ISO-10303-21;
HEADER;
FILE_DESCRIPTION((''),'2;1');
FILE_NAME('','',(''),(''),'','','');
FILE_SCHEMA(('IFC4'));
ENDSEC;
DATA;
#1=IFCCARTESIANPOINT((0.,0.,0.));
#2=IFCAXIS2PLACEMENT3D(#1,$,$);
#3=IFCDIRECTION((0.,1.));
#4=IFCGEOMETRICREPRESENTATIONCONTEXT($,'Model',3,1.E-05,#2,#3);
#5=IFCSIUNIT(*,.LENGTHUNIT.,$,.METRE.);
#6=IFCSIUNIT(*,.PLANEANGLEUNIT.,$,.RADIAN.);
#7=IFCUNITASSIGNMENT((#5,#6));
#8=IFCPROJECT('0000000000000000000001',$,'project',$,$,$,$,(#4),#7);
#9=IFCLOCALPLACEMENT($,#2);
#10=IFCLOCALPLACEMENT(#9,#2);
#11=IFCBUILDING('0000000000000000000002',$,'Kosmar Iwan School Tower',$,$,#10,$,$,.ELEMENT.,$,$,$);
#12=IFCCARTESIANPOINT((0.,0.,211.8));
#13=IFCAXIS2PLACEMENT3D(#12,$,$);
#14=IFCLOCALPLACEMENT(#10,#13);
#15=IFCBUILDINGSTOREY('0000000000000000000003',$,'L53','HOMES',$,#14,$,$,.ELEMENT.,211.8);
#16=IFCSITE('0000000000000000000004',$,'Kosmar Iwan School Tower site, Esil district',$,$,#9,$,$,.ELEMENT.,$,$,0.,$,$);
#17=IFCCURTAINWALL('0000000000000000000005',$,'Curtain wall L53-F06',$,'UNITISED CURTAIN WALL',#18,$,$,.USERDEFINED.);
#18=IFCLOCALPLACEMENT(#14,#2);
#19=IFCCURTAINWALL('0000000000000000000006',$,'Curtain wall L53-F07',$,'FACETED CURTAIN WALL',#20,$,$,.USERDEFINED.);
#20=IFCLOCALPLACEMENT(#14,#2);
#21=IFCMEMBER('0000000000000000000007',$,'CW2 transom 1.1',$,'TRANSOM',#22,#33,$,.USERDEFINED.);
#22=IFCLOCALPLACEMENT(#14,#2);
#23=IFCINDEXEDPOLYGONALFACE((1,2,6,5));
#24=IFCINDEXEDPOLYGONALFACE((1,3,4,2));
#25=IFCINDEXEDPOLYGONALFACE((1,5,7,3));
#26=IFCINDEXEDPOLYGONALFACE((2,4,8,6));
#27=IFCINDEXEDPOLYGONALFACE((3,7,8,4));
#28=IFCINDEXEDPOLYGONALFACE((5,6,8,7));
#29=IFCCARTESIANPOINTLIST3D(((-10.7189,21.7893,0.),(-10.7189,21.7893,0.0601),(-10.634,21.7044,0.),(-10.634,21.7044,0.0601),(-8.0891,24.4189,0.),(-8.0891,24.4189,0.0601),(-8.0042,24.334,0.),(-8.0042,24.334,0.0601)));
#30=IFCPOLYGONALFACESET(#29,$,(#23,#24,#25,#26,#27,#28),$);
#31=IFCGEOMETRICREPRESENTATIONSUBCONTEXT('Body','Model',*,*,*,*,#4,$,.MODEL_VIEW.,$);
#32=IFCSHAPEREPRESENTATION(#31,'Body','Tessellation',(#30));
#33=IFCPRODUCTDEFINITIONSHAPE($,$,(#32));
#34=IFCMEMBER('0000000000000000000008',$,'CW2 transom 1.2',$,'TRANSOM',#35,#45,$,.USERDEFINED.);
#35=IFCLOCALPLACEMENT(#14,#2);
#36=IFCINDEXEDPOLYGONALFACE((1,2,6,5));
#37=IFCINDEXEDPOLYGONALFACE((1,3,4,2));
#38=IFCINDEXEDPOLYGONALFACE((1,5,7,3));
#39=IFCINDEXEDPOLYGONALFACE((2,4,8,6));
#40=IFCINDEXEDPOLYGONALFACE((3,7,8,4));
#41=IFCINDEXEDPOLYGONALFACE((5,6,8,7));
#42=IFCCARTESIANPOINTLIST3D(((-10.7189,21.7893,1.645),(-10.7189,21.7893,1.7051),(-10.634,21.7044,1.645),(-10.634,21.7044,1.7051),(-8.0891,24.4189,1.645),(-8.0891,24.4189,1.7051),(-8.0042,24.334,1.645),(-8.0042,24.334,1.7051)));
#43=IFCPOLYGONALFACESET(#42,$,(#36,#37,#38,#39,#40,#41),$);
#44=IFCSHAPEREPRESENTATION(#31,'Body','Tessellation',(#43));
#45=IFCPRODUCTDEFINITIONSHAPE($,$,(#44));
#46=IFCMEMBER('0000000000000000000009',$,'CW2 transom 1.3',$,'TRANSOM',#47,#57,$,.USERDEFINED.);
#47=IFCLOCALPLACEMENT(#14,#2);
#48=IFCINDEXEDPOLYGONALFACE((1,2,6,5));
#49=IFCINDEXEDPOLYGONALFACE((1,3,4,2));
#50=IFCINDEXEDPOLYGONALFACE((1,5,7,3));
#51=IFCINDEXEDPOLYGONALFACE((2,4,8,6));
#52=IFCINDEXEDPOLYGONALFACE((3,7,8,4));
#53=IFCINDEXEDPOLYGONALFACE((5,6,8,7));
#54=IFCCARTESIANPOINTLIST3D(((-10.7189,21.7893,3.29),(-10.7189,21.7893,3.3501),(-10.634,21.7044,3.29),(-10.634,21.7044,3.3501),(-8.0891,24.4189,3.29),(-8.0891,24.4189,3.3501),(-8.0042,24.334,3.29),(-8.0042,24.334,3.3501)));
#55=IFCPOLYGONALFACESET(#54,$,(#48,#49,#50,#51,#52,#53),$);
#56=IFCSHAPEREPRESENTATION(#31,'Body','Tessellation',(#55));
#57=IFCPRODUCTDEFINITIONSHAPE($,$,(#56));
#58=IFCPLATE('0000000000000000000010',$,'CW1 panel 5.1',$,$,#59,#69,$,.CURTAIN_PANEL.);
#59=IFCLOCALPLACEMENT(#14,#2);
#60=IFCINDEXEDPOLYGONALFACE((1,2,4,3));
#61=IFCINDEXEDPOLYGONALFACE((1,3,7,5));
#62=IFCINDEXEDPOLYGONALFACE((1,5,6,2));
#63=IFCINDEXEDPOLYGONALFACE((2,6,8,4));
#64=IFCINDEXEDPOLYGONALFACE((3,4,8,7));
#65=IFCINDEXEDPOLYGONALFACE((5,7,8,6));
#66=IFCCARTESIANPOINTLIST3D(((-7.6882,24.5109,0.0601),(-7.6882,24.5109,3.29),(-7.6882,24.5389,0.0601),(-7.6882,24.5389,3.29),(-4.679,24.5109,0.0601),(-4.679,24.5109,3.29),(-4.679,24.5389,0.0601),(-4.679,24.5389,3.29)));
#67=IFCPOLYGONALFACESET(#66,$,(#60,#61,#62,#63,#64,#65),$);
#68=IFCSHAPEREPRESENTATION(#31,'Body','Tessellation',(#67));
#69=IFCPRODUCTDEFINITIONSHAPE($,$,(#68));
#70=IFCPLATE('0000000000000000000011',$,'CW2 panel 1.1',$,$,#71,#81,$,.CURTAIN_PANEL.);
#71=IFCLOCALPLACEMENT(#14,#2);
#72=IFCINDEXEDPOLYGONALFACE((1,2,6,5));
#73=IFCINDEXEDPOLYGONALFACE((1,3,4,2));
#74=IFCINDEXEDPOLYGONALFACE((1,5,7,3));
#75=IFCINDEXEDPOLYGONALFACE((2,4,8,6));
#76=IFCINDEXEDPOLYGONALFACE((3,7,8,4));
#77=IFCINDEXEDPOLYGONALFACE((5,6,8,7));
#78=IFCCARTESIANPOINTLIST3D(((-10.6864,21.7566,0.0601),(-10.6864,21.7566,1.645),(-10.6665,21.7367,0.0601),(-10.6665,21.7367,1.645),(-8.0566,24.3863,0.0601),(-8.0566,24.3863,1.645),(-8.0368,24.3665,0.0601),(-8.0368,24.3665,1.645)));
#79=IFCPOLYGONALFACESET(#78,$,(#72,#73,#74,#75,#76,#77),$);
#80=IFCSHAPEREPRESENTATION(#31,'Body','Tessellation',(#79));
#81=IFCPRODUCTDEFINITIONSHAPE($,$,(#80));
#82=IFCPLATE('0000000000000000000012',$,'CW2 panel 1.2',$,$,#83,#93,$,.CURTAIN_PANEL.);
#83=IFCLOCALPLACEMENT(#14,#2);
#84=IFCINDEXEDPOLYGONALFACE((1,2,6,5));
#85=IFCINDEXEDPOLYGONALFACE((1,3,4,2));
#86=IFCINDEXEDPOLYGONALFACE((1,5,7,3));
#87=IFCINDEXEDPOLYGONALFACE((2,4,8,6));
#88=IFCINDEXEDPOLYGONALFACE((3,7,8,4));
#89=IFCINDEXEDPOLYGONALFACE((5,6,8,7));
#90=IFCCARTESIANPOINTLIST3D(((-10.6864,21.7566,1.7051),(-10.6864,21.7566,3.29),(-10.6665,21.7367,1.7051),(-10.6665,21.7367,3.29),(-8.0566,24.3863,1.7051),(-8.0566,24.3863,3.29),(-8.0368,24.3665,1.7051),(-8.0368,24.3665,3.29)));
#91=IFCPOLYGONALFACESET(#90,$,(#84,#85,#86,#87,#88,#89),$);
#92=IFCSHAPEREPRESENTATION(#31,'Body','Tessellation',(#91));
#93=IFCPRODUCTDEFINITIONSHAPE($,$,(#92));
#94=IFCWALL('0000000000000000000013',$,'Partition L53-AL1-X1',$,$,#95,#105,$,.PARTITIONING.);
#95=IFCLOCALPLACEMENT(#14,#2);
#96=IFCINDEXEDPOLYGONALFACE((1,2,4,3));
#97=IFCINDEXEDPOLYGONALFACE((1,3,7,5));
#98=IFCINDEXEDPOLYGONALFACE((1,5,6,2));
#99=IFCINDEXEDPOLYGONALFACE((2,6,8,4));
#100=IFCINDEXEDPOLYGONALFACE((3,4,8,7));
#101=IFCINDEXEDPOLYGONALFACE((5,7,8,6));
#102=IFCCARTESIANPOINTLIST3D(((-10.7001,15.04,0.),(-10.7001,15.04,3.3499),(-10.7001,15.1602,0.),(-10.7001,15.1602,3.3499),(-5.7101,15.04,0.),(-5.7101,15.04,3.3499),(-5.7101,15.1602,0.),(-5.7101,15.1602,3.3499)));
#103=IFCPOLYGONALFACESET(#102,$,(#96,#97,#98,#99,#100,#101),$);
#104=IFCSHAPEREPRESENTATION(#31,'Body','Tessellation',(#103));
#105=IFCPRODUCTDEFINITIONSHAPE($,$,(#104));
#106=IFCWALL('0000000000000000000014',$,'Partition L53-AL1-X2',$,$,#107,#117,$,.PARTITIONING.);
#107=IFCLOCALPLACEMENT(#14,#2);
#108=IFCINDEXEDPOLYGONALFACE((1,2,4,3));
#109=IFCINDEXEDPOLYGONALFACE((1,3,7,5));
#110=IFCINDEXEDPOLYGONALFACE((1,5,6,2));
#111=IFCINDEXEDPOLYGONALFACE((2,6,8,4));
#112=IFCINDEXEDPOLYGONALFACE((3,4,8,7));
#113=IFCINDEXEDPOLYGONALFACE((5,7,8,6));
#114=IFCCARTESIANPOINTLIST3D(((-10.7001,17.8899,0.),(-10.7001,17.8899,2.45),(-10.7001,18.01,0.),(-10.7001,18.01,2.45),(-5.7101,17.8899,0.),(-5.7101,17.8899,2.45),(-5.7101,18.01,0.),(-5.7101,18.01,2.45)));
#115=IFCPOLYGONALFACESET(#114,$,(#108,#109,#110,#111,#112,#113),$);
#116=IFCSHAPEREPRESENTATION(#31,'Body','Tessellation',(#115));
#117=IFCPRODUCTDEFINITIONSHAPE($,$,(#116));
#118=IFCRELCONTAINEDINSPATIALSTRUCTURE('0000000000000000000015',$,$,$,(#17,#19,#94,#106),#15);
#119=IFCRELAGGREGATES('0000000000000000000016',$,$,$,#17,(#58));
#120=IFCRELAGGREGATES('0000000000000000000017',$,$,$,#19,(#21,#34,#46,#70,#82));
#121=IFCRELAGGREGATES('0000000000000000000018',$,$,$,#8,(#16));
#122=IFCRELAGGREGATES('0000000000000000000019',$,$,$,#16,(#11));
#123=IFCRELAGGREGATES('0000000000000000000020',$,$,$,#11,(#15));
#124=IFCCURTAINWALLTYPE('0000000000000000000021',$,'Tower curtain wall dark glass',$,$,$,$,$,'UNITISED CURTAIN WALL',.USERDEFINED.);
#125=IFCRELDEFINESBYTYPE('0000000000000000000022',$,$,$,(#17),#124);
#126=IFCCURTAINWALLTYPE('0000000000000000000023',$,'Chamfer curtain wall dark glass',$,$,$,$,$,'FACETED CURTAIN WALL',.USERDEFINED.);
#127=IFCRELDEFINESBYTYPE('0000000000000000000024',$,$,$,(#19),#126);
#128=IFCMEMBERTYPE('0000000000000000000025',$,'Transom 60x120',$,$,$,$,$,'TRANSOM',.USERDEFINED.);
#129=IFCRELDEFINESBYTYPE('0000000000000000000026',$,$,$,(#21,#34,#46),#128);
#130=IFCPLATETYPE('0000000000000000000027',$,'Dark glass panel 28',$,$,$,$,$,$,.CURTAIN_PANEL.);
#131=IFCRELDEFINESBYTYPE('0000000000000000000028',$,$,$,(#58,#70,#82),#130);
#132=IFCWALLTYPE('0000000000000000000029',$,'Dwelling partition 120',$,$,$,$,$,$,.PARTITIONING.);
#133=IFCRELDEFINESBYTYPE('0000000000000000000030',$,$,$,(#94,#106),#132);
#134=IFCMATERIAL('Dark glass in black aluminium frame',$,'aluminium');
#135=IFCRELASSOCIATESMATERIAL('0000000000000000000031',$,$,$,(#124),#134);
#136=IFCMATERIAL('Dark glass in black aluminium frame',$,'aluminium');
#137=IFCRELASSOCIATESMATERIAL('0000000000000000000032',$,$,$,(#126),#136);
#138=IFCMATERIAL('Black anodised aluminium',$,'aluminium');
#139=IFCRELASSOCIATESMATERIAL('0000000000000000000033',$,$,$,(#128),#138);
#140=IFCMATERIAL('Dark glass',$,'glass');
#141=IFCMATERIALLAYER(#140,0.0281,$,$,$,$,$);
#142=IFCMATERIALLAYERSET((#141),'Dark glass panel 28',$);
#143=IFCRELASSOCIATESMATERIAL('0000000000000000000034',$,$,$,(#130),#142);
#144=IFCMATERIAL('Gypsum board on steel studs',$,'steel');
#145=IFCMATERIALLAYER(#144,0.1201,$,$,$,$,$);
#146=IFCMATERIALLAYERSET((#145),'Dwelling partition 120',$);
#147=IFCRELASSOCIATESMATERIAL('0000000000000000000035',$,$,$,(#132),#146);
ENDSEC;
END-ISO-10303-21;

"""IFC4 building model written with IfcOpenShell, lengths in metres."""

from ifc_helpers import new_model, si_unit, direction, frame, frame_2d, origin, origin_2d, place, context, subcontext, project, spatial, rectangle, extrude, material, layer, layer_set, material_profile, profile_set, type_object, element, aggregate, save


model = new_model("IFC4")

# Units and contexts
model_context = context("Model", 3, precision=1e-05, world=origin(), true_north=direction((0.0, 1.0)))
body_context = subcontext(model_context, "Body", "Model", "MODEL_VIEW")
ifc_project = project(units=[si_unit("LENGTHUNIT", "METRE"), si_unit("PLANEANGLEUNIT", "RADIAN")], contexts=[model_context])

# Site, building, storey
site_placement = place(None, origin())
site = spatial("IfcSite", under=ifc_project, at=site_placement, Name="Kosmar Iwan School Tower site, Esil district", CompositionType="ELEMENT", RefElevation=0.0)
building_placement = place(site_placement, origin())
building = spatial("IfcBuilding", under=site, at=building_placement, Name="Kosmar Iwan School Tower", CompositionType="ELEMENT")
storey_placement = place(building_placement, frame((0.0, 0.0, 211.8)))
storey = spatial("IfcBuildingStorey", under=building, at=storey_placement, Name="L53", Description="HOMES", CompositionType="ELEMENT", Elevation=211.8)

# Curtain wall
ifc_material_1 = material(Name="Dark glass in black aluminium frame", Category="aluminium")
curtain_wall_type_1 = type_object("IfcCurtainWallType", Name="Tower curtain wall dark glass", ElementType="UNITISED CURTAIN WALL", PredefinedType="USERDEFINED", material=ifc_material_1)
curtain_wall_1_placement = place(storey_placement, origin())
curtain_wall_1 = element("IfcCurtainWall", 1, at=curtain_wall_1_placement, inside=storey, type_object=curtain_wall_type_1, Name="Curtain wall L53-F06", ObjectType="UNITISED CURTAIN WALL", PredefinedType="USERDEFINED")

# Curtain wall
ifc_material_2 = material(Name="Dark glass in black aluminium frame", Category="aluminium")
curtain_wall_type_2 = type_object("IfcCurtainWallType", Name="Chamfer curtain wall dark glass", ElementType="FACETED CURTAIN WALL", PredefinedType="USERDEFINED", material=ifc_material_2)
curtain_wall_2_placement = place(storey_placement, origin())
curtain_wall_2 = element("IfcCurtainWall", 2, at=curtain_wall_2_placement, inside=storey, type_object=curtain_wall_type_2, Name="Curtain wall L53-F07", ObjectType="FACETED CURTAIN WALL", PredefinedType="USERDEFINED")

# Members
ifc_material_3 = material(Name="Black anodised aluminium", Category="aluminium")
ifc_material_profile_1 = material_profile(ifc_material_3, rectangle(XDim=0.1201, YDim=0.0601, at=origin_2d()), Name="TRANSOM 60x120")
ifc_profile_set_1 = profile_set([ifc_material_profile_1], Name="Black anodised aluminium")
member_type_1 = type_object("IfcMemberType", Name="Transom 60x120", ElementType="TRANSOM", PredefinedType="USERDEFINED", material=ifc_profile_set_1)
member_1_placement = place(storey_placement, frame((-8.0466, 24.3765, 0.03), z_axis=(-0.70714, -0.707074, 0.0), x_axis=(0.707074, -0.70714, 0.0)))
member_1 = element("IfcMember", 3, at=member_1_placement, type_object=member_type_1, Name="CW2 transom 1.1", ObjectType="TRANSOM", PredefinedType="USERDEFINED", context=body_context, shape_type="SweptSolid", body=[
    extrude(rectangle(XDim=0.1201, YDim=0.0601, at=origin_2d()), origin(), (0.0, 0.0, 1.0), 3.719),
])
member_2_placement = place(storey_placement, frame((-8.0466, 24.3765, 1.675), z_axis=(-0.70714, -0.707074, 0.0), x_axis=(0.707074, -0.70714, 0.0)))
member_2 = element("IfcMember", 4, at=member_2_placement, type_object=member_type_1, Name="CW2 transom 1.2", ObjectType="TRANSOM", PredefinedType="USERDEFINED", context=body_context, shape_type="SweptSolid", body=[
    extrude(rectangle(XDim=0.1201, YDim=0.0601, at=origin_2d()), origin(), (0.0, 0.0, 1.0), 3.719),
])
member_3_placement = place(storey_placement, frame((-8.0466, 24.3765, 3.3201), z_axis=(-0.70714, -0.707074, 0.0), x_axis=(0.707074, -0.70714, 0.0)))
member_3 = element("IfcMember", 5, at=member_3_placement, type_object=member_type_1, Name="CW2 transom 1.3", ObjectType="TRANSOM", PredefinedType="USERDEFINED", context=body_context, shape_type="SweptSolid", body=[
    extrude(rectangle(XDim=0.1201, YDim=0.0601, at=origin_2d()), origin(), (0.0, 0.0, 1.0), 3.719),
])

# Plates
ifc_material_4 = material(Name="Dark glass", Category="glass")
ifc_layer_1 = layer(ifc_material_4, 0.0281)
ifc_layer_set_1 = layer_set([ifc_layer_1], Name="Dark glass panel 28")
plate_type = type_object("IfcPlateType", Name="Dark glass panel 28", PredefinedType="CURTAIN_PANEL", material=ifc_layer_set_1)
plate_1_placement = place(storey_placement, frame((-6.1836, 24.5249, 0.0601), z_axis=(0.0, 0.0, 1.0), x_axis=(-1.0, 0.0, 0.0)))
plate_1 = element("IfcPlate", 6, at=plate_1_placement, type_object=plate_type, Name="CW1 panel 5.1", PredefinedType="CURTAIN_PANEL", context=body_context, shape_type="SweptSolid", body=[
    extrude(rectangle(XDim=3.0093, YDim=0.0281, at=origin_2d()), origin(), (0.0, 0.0, 1.0), 3.23),
])
aggregate(curtain_wall_1, [plate_1])
plate_2_placement = place(storey_placement, frame((-9.3616, 23.0615, 0.0601), z_axis=(0.0, 0.0, 1.0), x_axis=(-0.707107, -0.707107, 0.0)))
plate_2 = element("IfcPlate", 7, at=plate_2_placement, type_object=plate_type, Name="CW2 panel 1.1", PredefinedType="CURTAIN_PANEL", context=body_context, shape_type="SweptSolid", body=[
    extrude(rectangle(XDim=3.719, YDim=0.0281, at=origin_2d()), origin(), (0.0, 0.0, 1.0), 1.585),
])
plate_3_placement = place(storey_placement, frame((-9.3616, 23.0615, 1.7051), z_axis=(0.0, 0.0, 1.0), x_axis=(-0.707107, -0.707107, 0.0)))
plate_3 = element("IfcPlate", 8, at=plate_3_placement, type_object=plate_type, Name="CW2 panel 1.2", PredefinedType="CURTAIN_PANEL", context=body_context, shape_type="SweptSolid", body=[
    extrude(rectangle(XDim=3.719, YDim=0.0281, at=origin_2d()), origin(), (0.0, 0.0, 1.0), 1.585),
])
aggregate(curtain_wall_2, [member_1, member_2, member_3, plate_2, plate_3])

# Walls
ifc_material_5 = material(Name="Gypsum board on steel studs", Category="steel")
ifc_layer_2 = layer(ifc_material_5, 0.1201)
ifc_layer_set_2 = layer_set([ifc_layer_2], Name="Dwelling partition 120")
wall_type = type_object("IfcWallType", Name="Dwelling partition 120", PredefinedType="PARTITIONING", material=ifc_layer_set_2)
wall_1_placement = place(storey_placement, frame((-5.71, 15.1001, 0.0), z_axis=(0.0, 0.0, 1.0), x_axis=(-1.0, 0.0, 0.0)))
element("IfcWall", 9, at=wall_1_placement, inside=storey, type_object=wall_type, Name="Partition L53-AL1-X1", PredefinedType="PARTITIONING", context=body_context, shape_type="SweptSolid", body=[
    extrude(rectangle(XDim=4.99, YDim=0.1201, at=frame_2d((2.4951, 0.0))), origin(), (0.0, 0.0, 1.0), 3.3499),
])
wall_2_placement = place(storey_placement, frame((-5.71, 17.95, 0.0), z_axis=(0.0, 0.0, 1.0), x_axis=(-1.0, 0.0, 0.0)))
element("IfcWall", 10, at=wall_2_placement, inside=storey, type_object=wall_type, Name="Partition L53-AL1-X2", PredefinedType="PARTITIONING", context=body_context, shape_type="SweptSolid", body=[
    extrude(rectangle(XDim=4.99, YDim=0.1201, at=frame_2d((2.4951, 0.0))), origin(), (0.0, 0.0, 1.0), 2.45),
])

save(model, "model.ifc")
